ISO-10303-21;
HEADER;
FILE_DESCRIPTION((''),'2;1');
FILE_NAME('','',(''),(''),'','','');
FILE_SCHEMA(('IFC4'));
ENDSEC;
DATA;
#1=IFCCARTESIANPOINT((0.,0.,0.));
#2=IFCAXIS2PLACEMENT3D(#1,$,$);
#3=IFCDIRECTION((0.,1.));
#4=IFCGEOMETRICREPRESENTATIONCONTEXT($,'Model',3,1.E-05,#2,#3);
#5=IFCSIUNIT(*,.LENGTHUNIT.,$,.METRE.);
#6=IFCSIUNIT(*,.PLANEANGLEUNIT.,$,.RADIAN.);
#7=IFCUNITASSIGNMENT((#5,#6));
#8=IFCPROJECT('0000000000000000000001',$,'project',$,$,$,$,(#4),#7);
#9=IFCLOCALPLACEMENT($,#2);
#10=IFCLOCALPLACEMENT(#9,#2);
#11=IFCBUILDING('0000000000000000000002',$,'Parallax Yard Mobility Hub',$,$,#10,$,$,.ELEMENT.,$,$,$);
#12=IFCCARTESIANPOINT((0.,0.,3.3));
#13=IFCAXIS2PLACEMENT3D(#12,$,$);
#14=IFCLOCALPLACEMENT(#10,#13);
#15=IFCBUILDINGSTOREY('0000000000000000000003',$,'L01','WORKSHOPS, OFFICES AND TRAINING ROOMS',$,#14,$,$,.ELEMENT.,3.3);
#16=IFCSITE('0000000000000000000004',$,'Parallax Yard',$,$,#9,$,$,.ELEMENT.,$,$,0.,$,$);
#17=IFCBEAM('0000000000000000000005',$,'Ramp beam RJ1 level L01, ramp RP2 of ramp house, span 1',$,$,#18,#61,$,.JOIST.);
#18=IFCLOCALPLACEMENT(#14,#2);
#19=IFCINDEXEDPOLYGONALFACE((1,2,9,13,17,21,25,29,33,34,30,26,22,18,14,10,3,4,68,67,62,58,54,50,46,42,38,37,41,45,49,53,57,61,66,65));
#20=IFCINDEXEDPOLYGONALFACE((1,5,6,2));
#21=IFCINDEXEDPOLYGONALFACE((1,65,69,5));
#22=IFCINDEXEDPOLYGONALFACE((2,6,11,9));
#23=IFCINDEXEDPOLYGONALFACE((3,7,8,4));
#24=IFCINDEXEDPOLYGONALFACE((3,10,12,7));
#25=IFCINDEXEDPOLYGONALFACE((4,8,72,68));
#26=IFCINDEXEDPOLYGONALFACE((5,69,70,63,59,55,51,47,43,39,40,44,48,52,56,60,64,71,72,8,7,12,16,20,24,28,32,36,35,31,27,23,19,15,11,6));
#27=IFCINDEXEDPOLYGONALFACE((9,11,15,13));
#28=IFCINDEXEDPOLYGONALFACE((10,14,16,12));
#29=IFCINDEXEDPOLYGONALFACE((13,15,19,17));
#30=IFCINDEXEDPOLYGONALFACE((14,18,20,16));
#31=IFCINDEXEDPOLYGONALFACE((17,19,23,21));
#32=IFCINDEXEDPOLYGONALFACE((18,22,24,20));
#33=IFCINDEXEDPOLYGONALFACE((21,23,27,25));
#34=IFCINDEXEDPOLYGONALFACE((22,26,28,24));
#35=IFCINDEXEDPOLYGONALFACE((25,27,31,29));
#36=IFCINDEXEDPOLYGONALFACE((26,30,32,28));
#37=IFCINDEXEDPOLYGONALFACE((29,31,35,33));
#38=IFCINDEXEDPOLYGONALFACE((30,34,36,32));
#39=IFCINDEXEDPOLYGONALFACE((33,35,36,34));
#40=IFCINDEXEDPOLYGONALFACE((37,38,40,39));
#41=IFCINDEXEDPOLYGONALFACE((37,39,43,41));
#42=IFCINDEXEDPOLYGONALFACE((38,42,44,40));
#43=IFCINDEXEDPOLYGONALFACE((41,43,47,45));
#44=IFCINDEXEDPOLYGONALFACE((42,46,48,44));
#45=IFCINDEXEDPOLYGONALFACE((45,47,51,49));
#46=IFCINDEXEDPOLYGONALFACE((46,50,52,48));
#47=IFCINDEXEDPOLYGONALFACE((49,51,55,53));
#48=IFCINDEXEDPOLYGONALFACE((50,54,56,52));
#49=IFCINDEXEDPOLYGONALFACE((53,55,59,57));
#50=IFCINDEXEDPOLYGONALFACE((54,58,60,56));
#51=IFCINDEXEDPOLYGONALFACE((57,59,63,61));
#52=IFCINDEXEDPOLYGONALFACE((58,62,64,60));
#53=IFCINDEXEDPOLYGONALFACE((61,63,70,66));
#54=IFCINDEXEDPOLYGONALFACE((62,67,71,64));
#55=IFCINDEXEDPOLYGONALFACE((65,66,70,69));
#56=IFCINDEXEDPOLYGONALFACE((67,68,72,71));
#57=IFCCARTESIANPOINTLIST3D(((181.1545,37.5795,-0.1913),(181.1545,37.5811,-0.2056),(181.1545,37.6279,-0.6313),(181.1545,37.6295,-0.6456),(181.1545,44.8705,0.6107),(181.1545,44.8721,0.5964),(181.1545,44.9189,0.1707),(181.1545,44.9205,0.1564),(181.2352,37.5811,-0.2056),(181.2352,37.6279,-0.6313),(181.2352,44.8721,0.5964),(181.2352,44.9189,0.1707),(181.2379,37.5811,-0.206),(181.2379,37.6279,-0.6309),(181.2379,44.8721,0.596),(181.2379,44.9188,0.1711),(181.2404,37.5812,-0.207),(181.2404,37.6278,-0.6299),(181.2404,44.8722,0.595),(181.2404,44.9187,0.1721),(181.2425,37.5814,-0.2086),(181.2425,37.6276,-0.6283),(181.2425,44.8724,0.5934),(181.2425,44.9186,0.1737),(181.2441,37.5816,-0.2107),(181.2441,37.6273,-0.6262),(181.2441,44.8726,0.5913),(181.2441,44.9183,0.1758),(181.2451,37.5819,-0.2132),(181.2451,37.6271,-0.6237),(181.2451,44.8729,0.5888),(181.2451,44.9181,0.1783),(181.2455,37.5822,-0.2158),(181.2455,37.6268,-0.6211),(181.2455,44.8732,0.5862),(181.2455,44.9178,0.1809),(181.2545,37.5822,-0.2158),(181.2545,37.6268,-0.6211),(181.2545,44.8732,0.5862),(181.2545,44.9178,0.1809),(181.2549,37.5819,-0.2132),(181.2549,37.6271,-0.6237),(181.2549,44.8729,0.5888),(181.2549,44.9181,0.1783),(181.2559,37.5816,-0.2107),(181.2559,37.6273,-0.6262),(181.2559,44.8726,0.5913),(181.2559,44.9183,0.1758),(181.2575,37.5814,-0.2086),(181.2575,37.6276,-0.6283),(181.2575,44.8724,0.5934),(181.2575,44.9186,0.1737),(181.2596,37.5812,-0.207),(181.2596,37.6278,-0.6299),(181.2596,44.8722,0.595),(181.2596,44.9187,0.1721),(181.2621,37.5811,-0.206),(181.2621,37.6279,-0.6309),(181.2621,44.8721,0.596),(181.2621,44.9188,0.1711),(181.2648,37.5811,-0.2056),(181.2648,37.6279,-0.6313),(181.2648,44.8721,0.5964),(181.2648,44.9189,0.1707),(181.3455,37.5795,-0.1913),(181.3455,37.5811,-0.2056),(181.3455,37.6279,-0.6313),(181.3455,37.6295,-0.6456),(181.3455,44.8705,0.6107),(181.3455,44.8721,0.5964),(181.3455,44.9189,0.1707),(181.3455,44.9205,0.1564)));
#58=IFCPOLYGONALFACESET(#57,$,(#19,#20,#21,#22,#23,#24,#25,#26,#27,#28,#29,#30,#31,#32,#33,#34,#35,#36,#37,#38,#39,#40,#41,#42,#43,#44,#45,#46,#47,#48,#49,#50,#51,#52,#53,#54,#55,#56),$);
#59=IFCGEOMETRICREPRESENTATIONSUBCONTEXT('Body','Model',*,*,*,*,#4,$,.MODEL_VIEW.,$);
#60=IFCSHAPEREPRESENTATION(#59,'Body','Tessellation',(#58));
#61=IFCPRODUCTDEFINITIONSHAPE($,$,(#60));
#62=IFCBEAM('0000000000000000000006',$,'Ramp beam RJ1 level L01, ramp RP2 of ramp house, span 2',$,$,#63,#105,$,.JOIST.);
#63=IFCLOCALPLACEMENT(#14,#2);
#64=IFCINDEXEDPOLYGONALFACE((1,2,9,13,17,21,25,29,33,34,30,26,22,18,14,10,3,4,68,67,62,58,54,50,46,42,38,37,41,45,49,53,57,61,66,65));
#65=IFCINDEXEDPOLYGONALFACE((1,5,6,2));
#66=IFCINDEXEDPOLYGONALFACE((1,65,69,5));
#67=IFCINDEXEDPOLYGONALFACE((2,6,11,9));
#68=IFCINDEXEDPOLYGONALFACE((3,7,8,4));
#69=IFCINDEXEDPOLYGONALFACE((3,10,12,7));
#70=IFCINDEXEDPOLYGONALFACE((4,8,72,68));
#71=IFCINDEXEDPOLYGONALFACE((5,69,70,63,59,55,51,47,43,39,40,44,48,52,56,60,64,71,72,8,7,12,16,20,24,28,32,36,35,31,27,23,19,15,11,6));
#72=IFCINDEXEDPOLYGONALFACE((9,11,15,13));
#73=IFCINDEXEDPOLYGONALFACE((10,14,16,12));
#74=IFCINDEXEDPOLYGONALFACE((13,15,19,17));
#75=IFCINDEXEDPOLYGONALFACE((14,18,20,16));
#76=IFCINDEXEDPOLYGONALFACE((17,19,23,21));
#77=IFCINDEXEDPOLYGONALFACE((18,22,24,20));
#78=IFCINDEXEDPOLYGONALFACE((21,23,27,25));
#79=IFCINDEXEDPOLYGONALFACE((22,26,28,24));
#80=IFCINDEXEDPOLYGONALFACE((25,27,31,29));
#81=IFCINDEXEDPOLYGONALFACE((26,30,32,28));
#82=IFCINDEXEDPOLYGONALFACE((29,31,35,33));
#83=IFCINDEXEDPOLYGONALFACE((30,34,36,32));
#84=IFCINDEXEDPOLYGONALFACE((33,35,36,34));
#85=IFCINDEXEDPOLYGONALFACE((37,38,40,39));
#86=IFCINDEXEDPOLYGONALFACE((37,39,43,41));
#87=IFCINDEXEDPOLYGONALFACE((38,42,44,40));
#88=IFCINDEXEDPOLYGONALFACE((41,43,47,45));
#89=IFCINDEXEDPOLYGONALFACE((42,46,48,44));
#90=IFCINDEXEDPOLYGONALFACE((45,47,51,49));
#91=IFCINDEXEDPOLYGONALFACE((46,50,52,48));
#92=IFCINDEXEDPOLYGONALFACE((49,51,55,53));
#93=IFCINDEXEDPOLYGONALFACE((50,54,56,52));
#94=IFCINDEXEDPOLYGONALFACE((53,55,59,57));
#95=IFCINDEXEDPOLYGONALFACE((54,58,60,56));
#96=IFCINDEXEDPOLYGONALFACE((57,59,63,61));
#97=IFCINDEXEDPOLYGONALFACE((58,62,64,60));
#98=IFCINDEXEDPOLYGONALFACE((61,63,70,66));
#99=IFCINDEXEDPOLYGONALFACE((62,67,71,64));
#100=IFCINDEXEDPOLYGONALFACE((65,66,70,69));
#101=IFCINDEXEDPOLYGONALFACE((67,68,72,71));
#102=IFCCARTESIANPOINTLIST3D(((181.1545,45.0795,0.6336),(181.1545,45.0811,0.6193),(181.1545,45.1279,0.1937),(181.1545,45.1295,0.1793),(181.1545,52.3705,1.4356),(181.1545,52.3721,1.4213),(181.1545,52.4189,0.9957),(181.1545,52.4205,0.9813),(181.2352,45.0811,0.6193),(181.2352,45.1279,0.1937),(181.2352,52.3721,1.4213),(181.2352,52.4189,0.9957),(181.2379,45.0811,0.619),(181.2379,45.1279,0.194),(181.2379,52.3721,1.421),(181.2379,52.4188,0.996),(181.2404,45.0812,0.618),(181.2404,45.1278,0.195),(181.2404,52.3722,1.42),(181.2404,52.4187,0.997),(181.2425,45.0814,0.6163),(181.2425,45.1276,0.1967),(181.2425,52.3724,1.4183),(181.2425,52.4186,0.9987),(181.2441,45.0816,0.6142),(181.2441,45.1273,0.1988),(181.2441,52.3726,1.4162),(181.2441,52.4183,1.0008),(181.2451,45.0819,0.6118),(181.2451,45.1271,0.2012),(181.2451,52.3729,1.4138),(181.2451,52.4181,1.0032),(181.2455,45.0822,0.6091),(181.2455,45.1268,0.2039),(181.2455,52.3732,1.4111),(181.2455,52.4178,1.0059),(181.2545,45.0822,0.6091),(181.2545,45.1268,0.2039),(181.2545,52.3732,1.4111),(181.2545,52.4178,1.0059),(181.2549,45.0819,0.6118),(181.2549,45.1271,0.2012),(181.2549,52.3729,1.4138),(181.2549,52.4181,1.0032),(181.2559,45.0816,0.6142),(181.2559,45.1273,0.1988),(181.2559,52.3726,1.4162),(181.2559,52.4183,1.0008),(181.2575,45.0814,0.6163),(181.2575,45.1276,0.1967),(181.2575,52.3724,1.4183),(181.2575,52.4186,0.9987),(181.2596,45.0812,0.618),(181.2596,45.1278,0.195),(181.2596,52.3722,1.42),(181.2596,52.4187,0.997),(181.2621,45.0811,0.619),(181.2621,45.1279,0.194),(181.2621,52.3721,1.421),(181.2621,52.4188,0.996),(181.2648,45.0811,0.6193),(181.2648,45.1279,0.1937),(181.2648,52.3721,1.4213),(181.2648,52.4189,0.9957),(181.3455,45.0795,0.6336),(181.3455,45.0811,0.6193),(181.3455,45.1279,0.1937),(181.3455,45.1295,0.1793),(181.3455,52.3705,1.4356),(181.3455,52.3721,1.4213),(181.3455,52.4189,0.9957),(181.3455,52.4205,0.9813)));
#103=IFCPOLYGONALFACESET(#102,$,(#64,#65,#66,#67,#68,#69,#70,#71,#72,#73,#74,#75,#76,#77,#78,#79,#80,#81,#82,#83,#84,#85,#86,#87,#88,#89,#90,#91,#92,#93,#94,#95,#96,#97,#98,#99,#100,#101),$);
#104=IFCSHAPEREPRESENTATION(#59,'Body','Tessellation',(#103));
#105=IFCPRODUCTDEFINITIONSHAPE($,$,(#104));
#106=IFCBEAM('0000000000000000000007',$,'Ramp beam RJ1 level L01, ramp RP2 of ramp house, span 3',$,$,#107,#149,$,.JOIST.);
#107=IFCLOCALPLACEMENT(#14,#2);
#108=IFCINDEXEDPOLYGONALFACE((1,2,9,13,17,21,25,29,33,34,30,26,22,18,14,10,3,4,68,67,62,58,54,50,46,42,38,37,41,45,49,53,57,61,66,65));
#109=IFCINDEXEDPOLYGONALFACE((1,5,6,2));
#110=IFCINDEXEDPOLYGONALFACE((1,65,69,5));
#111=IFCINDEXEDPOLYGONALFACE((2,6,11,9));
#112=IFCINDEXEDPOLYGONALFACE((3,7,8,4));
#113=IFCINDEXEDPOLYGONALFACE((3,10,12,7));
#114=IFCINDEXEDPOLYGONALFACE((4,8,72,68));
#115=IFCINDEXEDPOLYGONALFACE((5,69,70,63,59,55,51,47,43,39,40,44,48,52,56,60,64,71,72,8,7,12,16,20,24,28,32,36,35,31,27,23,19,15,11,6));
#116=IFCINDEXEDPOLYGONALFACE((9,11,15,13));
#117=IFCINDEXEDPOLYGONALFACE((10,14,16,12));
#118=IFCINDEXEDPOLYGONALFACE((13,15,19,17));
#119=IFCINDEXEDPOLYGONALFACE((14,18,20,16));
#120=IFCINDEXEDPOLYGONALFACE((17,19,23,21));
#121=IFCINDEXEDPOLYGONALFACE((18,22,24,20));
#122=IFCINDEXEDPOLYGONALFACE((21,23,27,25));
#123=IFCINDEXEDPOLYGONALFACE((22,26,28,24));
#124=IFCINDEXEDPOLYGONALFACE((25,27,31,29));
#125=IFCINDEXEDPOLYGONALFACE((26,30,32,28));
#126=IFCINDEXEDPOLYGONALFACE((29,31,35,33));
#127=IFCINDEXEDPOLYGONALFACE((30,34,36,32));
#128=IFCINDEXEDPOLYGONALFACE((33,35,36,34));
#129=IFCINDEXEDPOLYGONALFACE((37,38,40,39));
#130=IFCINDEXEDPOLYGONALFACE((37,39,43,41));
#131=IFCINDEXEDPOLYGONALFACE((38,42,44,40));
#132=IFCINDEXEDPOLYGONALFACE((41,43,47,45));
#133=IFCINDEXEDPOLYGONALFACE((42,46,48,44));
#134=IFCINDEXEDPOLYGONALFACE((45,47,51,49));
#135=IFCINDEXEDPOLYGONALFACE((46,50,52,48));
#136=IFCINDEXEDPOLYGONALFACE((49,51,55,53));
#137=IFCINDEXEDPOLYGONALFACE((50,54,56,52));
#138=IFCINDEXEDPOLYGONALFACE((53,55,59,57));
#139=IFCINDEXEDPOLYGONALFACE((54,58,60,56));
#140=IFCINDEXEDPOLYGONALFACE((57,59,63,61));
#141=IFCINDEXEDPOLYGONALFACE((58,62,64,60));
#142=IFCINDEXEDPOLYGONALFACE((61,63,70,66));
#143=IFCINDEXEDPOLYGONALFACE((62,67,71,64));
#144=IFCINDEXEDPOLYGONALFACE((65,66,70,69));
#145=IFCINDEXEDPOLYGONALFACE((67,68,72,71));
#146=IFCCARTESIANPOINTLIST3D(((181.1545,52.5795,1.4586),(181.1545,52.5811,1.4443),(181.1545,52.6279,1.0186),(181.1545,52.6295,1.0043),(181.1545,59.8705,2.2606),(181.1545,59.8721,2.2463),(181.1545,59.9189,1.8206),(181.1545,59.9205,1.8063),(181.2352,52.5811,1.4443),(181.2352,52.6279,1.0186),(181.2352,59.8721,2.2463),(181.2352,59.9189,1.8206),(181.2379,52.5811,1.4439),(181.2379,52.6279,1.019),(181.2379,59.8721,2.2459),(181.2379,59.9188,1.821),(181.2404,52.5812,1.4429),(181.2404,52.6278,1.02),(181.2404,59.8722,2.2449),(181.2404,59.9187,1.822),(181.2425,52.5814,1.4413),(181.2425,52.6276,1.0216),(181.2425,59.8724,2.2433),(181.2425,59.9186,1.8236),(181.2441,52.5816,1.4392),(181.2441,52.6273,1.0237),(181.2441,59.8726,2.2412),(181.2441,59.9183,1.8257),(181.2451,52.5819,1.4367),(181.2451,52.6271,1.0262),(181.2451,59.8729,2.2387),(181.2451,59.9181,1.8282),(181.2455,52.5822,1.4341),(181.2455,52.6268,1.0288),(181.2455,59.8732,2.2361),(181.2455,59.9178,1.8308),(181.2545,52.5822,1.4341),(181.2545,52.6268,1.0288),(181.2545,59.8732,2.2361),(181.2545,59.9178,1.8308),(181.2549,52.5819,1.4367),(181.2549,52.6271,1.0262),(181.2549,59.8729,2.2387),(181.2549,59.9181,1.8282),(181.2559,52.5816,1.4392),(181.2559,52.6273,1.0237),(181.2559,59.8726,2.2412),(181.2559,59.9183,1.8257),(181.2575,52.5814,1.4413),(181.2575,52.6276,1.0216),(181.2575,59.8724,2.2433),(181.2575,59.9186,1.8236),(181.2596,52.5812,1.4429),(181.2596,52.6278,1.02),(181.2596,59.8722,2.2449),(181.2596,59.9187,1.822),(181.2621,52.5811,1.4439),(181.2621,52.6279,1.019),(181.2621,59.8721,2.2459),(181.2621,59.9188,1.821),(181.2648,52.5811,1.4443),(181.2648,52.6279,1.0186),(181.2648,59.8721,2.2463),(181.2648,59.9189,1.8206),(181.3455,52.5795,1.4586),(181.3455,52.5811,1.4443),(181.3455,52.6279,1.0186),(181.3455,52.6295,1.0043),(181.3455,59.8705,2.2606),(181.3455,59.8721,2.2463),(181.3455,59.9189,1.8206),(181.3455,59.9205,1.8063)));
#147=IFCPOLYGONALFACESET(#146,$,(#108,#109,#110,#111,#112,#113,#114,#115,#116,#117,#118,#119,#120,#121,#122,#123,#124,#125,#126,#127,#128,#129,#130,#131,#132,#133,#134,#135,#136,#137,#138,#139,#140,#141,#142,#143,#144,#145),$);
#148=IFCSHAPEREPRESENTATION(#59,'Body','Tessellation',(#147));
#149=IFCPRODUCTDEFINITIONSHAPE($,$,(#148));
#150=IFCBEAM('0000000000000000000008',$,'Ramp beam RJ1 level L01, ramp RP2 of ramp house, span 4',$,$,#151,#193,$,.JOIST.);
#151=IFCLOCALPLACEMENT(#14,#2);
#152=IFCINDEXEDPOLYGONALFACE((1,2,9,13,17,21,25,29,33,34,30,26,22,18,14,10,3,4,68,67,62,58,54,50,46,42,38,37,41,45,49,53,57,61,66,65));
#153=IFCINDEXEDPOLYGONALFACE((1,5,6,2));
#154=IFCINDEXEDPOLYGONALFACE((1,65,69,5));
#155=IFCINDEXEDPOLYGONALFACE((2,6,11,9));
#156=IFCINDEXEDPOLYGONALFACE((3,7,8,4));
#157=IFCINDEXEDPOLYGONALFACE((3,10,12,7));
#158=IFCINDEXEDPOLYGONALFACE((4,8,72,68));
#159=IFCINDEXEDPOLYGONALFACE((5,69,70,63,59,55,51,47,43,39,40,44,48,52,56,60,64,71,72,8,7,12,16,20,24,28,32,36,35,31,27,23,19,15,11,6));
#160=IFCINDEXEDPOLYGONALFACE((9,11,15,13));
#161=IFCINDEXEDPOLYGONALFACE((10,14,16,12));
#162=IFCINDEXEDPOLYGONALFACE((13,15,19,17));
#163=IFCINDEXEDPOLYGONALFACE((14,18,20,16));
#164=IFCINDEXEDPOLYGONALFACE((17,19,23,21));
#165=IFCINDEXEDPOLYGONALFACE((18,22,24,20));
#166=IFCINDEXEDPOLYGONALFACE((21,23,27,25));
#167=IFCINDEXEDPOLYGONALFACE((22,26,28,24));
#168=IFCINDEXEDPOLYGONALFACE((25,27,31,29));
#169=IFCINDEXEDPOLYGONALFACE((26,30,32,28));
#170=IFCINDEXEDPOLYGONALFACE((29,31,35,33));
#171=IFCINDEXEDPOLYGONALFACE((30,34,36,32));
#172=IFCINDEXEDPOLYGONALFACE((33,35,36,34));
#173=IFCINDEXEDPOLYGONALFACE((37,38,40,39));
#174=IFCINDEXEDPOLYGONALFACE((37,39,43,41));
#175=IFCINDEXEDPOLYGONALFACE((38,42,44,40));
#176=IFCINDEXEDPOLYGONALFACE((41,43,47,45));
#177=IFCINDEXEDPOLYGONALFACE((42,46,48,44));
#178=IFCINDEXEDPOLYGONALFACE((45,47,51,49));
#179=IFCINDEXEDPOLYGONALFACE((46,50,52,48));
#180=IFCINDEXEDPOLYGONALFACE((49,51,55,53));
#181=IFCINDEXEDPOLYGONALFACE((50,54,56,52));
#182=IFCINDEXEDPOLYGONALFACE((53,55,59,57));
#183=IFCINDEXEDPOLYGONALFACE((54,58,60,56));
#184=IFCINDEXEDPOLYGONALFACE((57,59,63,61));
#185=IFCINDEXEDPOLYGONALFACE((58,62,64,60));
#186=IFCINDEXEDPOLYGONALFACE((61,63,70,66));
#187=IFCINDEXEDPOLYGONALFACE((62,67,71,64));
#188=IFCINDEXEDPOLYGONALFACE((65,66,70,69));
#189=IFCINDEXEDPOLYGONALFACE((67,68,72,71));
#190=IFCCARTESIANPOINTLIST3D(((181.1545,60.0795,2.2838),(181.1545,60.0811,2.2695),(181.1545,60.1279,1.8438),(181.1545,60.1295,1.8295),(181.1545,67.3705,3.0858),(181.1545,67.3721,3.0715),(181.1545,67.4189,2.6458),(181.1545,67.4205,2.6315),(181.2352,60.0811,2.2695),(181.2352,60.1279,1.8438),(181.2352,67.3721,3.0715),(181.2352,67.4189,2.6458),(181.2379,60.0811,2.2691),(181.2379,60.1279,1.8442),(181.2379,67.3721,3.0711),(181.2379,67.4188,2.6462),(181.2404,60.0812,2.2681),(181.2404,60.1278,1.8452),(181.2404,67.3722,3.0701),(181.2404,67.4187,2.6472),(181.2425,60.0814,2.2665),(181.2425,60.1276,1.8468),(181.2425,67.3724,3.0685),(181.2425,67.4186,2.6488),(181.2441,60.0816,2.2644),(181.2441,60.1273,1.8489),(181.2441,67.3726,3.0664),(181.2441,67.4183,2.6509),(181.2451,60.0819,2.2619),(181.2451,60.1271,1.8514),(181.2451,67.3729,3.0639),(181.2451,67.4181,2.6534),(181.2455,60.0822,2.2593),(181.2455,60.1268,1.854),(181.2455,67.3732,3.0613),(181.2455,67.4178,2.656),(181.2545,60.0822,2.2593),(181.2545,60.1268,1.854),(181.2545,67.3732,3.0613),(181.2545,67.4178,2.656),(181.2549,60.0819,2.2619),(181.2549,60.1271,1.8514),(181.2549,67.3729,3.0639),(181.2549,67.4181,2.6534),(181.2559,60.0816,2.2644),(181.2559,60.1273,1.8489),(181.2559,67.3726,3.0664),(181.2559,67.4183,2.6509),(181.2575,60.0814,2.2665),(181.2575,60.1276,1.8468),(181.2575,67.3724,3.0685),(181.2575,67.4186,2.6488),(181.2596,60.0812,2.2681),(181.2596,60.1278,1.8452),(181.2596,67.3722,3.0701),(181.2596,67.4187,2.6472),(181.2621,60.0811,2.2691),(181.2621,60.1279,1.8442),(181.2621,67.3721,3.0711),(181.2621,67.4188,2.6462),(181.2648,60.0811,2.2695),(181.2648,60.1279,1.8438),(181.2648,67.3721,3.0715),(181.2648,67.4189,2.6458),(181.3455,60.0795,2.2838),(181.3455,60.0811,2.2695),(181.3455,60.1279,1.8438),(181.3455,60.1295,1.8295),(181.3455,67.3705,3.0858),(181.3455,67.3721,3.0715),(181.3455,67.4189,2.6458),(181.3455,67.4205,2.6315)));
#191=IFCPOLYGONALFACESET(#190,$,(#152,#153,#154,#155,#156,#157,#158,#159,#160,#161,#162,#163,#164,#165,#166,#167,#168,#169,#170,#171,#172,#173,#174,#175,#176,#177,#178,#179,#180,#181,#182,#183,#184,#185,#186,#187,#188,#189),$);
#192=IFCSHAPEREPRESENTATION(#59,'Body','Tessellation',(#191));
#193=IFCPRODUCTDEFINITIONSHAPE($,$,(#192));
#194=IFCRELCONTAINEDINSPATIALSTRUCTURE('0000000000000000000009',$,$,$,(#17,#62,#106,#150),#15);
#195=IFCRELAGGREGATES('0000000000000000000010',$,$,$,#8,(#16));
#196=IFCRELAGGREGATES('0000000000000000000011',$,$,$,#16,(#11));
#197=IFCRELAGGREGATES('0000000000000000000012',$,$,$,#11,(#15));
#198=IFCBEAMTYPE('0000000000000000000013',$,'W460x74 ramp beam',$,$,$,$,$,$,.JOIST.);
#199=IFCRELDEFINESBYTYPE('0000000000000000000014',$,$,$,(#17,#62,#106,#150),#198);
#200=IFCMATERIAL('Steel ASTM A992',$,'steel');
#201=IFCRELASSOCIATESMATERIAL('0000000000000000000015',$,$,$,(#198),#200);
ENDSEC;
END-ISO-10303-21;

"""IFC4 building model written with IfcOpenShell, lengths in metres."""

from ifc_helpers import new_model, si_unit, direction, frame, origin, origin_2d, place, context, subcontext, project, spatial, i_section, extrude, material, material_profile, profile_set, type_object, element, save


model = new_model("IFC4")

# Units and contexts
model_context = context("Model", 3, precision=1e-05, world=origin(), true_north=direction((0.0, 1.0)))
body_context = subcontext(model_context, "Body", "Model", "MODEL_VIEW")
ifc_project = project(units=[si_unit("LENGTHUNIT", "METRE"), si_unit("PLANEANGLEUNIT", "RADIAN")], contexts=[model_context])

# Site, building, storey
site_placement = place(None, origin())
site = spatial("IfcSite", under=ifc_project, at=site_placement, Name="Parallax Yard", CompositionType="ELEMENT", RefElevation=0.0)
building_placement = place(site_placement, origin())
building = spatial("IfcBuilding", under=site, at=building_placement, Name="Parallax Yard Mobility Hub", CompositionType="ELEMENT")
storey_placement = place(building_placement, frame((0.0, 0.0, 3.3)))
storey = spatial("IfcBuildingStorey", under=building, at=storey_placement, Name="L01", Description="WORKSHOPS, OFFICES AND TRAINING ROOMS", CompositionType="ELEMENT", Elevation=3.3)

# Shared definitions
ifc_material_1 = material(Name="Steel ASTM A992", Category="steel")

# Beams
ifc_material_profile_1 = material_profile(ifc_material_1, i_section(OverallWidth=0.1909, OverallDepth=0.457, WebThickness=0.009, FlangeThickness=0.0144, FilletRadius=0.0103, at=origin_2d()), Name="W460x74")
ifc_profile_set_1 = profile_set([ifc_material_profile_1], Name="Steel ASTM A992")
beam_type_1 = type_object("IfcBeamType", Name="W460x74 ramp beam", PredefinedType="JOIST", material=ifc_profile_set_1)
for number, where, z_axis, x_axis, name in (
    (1, (181.25, 37.6045, -0.4185), (0.0, 0.994005, 0.109339), (-1.0, 0.0, 0.0), "Ramp beam RJ1 level L01, ramp RP2 of ramp house, span 1"),
    (2, (181.25, 45.1045, 0.4065), (0.0, 0.994005, 0.109339), (-1.0, 0.0, 0.0), "Ramp beam RJ1 level L01, ramp RP2 of ramp house, span 2"),
    (3, (181.25, 52.6045, 1.2314), (0.0, 0.994005, 0.109339), (-1.0, 0.0, 0.0), "Ramp beam RJ1 level L01, ramp RP2 of ramp house, span 3"),
    (4, (181.25, 60.1045, 2.0566), (0.0, 0.994005, 0.109339), (-1.0, 0.0, 0.0), "Ramp beam RJ1 level L01, ramp RP2 of ramp house, span 4"),
):
    element("IfcBeam", number, at=place(storey_placement, frame(where, z_axis=z_axis, x_axis=x_axis)), inside=storey, type_object=beam_type_1, Name=name, PredefinedType="JOIST", context=body_context, shape_type="SweptSolid", body=[
        extrude(i_section(OverallWidth=0.1909, OverallDepth=0.457, WebThickness=0.009, FlangeThickness=0.0144, FilletRadius=0.0103, at=origin_2d()), origin(), (0.0, 0.0, 1.0), 7.335),
    ])

save(model, "model.ifc")
